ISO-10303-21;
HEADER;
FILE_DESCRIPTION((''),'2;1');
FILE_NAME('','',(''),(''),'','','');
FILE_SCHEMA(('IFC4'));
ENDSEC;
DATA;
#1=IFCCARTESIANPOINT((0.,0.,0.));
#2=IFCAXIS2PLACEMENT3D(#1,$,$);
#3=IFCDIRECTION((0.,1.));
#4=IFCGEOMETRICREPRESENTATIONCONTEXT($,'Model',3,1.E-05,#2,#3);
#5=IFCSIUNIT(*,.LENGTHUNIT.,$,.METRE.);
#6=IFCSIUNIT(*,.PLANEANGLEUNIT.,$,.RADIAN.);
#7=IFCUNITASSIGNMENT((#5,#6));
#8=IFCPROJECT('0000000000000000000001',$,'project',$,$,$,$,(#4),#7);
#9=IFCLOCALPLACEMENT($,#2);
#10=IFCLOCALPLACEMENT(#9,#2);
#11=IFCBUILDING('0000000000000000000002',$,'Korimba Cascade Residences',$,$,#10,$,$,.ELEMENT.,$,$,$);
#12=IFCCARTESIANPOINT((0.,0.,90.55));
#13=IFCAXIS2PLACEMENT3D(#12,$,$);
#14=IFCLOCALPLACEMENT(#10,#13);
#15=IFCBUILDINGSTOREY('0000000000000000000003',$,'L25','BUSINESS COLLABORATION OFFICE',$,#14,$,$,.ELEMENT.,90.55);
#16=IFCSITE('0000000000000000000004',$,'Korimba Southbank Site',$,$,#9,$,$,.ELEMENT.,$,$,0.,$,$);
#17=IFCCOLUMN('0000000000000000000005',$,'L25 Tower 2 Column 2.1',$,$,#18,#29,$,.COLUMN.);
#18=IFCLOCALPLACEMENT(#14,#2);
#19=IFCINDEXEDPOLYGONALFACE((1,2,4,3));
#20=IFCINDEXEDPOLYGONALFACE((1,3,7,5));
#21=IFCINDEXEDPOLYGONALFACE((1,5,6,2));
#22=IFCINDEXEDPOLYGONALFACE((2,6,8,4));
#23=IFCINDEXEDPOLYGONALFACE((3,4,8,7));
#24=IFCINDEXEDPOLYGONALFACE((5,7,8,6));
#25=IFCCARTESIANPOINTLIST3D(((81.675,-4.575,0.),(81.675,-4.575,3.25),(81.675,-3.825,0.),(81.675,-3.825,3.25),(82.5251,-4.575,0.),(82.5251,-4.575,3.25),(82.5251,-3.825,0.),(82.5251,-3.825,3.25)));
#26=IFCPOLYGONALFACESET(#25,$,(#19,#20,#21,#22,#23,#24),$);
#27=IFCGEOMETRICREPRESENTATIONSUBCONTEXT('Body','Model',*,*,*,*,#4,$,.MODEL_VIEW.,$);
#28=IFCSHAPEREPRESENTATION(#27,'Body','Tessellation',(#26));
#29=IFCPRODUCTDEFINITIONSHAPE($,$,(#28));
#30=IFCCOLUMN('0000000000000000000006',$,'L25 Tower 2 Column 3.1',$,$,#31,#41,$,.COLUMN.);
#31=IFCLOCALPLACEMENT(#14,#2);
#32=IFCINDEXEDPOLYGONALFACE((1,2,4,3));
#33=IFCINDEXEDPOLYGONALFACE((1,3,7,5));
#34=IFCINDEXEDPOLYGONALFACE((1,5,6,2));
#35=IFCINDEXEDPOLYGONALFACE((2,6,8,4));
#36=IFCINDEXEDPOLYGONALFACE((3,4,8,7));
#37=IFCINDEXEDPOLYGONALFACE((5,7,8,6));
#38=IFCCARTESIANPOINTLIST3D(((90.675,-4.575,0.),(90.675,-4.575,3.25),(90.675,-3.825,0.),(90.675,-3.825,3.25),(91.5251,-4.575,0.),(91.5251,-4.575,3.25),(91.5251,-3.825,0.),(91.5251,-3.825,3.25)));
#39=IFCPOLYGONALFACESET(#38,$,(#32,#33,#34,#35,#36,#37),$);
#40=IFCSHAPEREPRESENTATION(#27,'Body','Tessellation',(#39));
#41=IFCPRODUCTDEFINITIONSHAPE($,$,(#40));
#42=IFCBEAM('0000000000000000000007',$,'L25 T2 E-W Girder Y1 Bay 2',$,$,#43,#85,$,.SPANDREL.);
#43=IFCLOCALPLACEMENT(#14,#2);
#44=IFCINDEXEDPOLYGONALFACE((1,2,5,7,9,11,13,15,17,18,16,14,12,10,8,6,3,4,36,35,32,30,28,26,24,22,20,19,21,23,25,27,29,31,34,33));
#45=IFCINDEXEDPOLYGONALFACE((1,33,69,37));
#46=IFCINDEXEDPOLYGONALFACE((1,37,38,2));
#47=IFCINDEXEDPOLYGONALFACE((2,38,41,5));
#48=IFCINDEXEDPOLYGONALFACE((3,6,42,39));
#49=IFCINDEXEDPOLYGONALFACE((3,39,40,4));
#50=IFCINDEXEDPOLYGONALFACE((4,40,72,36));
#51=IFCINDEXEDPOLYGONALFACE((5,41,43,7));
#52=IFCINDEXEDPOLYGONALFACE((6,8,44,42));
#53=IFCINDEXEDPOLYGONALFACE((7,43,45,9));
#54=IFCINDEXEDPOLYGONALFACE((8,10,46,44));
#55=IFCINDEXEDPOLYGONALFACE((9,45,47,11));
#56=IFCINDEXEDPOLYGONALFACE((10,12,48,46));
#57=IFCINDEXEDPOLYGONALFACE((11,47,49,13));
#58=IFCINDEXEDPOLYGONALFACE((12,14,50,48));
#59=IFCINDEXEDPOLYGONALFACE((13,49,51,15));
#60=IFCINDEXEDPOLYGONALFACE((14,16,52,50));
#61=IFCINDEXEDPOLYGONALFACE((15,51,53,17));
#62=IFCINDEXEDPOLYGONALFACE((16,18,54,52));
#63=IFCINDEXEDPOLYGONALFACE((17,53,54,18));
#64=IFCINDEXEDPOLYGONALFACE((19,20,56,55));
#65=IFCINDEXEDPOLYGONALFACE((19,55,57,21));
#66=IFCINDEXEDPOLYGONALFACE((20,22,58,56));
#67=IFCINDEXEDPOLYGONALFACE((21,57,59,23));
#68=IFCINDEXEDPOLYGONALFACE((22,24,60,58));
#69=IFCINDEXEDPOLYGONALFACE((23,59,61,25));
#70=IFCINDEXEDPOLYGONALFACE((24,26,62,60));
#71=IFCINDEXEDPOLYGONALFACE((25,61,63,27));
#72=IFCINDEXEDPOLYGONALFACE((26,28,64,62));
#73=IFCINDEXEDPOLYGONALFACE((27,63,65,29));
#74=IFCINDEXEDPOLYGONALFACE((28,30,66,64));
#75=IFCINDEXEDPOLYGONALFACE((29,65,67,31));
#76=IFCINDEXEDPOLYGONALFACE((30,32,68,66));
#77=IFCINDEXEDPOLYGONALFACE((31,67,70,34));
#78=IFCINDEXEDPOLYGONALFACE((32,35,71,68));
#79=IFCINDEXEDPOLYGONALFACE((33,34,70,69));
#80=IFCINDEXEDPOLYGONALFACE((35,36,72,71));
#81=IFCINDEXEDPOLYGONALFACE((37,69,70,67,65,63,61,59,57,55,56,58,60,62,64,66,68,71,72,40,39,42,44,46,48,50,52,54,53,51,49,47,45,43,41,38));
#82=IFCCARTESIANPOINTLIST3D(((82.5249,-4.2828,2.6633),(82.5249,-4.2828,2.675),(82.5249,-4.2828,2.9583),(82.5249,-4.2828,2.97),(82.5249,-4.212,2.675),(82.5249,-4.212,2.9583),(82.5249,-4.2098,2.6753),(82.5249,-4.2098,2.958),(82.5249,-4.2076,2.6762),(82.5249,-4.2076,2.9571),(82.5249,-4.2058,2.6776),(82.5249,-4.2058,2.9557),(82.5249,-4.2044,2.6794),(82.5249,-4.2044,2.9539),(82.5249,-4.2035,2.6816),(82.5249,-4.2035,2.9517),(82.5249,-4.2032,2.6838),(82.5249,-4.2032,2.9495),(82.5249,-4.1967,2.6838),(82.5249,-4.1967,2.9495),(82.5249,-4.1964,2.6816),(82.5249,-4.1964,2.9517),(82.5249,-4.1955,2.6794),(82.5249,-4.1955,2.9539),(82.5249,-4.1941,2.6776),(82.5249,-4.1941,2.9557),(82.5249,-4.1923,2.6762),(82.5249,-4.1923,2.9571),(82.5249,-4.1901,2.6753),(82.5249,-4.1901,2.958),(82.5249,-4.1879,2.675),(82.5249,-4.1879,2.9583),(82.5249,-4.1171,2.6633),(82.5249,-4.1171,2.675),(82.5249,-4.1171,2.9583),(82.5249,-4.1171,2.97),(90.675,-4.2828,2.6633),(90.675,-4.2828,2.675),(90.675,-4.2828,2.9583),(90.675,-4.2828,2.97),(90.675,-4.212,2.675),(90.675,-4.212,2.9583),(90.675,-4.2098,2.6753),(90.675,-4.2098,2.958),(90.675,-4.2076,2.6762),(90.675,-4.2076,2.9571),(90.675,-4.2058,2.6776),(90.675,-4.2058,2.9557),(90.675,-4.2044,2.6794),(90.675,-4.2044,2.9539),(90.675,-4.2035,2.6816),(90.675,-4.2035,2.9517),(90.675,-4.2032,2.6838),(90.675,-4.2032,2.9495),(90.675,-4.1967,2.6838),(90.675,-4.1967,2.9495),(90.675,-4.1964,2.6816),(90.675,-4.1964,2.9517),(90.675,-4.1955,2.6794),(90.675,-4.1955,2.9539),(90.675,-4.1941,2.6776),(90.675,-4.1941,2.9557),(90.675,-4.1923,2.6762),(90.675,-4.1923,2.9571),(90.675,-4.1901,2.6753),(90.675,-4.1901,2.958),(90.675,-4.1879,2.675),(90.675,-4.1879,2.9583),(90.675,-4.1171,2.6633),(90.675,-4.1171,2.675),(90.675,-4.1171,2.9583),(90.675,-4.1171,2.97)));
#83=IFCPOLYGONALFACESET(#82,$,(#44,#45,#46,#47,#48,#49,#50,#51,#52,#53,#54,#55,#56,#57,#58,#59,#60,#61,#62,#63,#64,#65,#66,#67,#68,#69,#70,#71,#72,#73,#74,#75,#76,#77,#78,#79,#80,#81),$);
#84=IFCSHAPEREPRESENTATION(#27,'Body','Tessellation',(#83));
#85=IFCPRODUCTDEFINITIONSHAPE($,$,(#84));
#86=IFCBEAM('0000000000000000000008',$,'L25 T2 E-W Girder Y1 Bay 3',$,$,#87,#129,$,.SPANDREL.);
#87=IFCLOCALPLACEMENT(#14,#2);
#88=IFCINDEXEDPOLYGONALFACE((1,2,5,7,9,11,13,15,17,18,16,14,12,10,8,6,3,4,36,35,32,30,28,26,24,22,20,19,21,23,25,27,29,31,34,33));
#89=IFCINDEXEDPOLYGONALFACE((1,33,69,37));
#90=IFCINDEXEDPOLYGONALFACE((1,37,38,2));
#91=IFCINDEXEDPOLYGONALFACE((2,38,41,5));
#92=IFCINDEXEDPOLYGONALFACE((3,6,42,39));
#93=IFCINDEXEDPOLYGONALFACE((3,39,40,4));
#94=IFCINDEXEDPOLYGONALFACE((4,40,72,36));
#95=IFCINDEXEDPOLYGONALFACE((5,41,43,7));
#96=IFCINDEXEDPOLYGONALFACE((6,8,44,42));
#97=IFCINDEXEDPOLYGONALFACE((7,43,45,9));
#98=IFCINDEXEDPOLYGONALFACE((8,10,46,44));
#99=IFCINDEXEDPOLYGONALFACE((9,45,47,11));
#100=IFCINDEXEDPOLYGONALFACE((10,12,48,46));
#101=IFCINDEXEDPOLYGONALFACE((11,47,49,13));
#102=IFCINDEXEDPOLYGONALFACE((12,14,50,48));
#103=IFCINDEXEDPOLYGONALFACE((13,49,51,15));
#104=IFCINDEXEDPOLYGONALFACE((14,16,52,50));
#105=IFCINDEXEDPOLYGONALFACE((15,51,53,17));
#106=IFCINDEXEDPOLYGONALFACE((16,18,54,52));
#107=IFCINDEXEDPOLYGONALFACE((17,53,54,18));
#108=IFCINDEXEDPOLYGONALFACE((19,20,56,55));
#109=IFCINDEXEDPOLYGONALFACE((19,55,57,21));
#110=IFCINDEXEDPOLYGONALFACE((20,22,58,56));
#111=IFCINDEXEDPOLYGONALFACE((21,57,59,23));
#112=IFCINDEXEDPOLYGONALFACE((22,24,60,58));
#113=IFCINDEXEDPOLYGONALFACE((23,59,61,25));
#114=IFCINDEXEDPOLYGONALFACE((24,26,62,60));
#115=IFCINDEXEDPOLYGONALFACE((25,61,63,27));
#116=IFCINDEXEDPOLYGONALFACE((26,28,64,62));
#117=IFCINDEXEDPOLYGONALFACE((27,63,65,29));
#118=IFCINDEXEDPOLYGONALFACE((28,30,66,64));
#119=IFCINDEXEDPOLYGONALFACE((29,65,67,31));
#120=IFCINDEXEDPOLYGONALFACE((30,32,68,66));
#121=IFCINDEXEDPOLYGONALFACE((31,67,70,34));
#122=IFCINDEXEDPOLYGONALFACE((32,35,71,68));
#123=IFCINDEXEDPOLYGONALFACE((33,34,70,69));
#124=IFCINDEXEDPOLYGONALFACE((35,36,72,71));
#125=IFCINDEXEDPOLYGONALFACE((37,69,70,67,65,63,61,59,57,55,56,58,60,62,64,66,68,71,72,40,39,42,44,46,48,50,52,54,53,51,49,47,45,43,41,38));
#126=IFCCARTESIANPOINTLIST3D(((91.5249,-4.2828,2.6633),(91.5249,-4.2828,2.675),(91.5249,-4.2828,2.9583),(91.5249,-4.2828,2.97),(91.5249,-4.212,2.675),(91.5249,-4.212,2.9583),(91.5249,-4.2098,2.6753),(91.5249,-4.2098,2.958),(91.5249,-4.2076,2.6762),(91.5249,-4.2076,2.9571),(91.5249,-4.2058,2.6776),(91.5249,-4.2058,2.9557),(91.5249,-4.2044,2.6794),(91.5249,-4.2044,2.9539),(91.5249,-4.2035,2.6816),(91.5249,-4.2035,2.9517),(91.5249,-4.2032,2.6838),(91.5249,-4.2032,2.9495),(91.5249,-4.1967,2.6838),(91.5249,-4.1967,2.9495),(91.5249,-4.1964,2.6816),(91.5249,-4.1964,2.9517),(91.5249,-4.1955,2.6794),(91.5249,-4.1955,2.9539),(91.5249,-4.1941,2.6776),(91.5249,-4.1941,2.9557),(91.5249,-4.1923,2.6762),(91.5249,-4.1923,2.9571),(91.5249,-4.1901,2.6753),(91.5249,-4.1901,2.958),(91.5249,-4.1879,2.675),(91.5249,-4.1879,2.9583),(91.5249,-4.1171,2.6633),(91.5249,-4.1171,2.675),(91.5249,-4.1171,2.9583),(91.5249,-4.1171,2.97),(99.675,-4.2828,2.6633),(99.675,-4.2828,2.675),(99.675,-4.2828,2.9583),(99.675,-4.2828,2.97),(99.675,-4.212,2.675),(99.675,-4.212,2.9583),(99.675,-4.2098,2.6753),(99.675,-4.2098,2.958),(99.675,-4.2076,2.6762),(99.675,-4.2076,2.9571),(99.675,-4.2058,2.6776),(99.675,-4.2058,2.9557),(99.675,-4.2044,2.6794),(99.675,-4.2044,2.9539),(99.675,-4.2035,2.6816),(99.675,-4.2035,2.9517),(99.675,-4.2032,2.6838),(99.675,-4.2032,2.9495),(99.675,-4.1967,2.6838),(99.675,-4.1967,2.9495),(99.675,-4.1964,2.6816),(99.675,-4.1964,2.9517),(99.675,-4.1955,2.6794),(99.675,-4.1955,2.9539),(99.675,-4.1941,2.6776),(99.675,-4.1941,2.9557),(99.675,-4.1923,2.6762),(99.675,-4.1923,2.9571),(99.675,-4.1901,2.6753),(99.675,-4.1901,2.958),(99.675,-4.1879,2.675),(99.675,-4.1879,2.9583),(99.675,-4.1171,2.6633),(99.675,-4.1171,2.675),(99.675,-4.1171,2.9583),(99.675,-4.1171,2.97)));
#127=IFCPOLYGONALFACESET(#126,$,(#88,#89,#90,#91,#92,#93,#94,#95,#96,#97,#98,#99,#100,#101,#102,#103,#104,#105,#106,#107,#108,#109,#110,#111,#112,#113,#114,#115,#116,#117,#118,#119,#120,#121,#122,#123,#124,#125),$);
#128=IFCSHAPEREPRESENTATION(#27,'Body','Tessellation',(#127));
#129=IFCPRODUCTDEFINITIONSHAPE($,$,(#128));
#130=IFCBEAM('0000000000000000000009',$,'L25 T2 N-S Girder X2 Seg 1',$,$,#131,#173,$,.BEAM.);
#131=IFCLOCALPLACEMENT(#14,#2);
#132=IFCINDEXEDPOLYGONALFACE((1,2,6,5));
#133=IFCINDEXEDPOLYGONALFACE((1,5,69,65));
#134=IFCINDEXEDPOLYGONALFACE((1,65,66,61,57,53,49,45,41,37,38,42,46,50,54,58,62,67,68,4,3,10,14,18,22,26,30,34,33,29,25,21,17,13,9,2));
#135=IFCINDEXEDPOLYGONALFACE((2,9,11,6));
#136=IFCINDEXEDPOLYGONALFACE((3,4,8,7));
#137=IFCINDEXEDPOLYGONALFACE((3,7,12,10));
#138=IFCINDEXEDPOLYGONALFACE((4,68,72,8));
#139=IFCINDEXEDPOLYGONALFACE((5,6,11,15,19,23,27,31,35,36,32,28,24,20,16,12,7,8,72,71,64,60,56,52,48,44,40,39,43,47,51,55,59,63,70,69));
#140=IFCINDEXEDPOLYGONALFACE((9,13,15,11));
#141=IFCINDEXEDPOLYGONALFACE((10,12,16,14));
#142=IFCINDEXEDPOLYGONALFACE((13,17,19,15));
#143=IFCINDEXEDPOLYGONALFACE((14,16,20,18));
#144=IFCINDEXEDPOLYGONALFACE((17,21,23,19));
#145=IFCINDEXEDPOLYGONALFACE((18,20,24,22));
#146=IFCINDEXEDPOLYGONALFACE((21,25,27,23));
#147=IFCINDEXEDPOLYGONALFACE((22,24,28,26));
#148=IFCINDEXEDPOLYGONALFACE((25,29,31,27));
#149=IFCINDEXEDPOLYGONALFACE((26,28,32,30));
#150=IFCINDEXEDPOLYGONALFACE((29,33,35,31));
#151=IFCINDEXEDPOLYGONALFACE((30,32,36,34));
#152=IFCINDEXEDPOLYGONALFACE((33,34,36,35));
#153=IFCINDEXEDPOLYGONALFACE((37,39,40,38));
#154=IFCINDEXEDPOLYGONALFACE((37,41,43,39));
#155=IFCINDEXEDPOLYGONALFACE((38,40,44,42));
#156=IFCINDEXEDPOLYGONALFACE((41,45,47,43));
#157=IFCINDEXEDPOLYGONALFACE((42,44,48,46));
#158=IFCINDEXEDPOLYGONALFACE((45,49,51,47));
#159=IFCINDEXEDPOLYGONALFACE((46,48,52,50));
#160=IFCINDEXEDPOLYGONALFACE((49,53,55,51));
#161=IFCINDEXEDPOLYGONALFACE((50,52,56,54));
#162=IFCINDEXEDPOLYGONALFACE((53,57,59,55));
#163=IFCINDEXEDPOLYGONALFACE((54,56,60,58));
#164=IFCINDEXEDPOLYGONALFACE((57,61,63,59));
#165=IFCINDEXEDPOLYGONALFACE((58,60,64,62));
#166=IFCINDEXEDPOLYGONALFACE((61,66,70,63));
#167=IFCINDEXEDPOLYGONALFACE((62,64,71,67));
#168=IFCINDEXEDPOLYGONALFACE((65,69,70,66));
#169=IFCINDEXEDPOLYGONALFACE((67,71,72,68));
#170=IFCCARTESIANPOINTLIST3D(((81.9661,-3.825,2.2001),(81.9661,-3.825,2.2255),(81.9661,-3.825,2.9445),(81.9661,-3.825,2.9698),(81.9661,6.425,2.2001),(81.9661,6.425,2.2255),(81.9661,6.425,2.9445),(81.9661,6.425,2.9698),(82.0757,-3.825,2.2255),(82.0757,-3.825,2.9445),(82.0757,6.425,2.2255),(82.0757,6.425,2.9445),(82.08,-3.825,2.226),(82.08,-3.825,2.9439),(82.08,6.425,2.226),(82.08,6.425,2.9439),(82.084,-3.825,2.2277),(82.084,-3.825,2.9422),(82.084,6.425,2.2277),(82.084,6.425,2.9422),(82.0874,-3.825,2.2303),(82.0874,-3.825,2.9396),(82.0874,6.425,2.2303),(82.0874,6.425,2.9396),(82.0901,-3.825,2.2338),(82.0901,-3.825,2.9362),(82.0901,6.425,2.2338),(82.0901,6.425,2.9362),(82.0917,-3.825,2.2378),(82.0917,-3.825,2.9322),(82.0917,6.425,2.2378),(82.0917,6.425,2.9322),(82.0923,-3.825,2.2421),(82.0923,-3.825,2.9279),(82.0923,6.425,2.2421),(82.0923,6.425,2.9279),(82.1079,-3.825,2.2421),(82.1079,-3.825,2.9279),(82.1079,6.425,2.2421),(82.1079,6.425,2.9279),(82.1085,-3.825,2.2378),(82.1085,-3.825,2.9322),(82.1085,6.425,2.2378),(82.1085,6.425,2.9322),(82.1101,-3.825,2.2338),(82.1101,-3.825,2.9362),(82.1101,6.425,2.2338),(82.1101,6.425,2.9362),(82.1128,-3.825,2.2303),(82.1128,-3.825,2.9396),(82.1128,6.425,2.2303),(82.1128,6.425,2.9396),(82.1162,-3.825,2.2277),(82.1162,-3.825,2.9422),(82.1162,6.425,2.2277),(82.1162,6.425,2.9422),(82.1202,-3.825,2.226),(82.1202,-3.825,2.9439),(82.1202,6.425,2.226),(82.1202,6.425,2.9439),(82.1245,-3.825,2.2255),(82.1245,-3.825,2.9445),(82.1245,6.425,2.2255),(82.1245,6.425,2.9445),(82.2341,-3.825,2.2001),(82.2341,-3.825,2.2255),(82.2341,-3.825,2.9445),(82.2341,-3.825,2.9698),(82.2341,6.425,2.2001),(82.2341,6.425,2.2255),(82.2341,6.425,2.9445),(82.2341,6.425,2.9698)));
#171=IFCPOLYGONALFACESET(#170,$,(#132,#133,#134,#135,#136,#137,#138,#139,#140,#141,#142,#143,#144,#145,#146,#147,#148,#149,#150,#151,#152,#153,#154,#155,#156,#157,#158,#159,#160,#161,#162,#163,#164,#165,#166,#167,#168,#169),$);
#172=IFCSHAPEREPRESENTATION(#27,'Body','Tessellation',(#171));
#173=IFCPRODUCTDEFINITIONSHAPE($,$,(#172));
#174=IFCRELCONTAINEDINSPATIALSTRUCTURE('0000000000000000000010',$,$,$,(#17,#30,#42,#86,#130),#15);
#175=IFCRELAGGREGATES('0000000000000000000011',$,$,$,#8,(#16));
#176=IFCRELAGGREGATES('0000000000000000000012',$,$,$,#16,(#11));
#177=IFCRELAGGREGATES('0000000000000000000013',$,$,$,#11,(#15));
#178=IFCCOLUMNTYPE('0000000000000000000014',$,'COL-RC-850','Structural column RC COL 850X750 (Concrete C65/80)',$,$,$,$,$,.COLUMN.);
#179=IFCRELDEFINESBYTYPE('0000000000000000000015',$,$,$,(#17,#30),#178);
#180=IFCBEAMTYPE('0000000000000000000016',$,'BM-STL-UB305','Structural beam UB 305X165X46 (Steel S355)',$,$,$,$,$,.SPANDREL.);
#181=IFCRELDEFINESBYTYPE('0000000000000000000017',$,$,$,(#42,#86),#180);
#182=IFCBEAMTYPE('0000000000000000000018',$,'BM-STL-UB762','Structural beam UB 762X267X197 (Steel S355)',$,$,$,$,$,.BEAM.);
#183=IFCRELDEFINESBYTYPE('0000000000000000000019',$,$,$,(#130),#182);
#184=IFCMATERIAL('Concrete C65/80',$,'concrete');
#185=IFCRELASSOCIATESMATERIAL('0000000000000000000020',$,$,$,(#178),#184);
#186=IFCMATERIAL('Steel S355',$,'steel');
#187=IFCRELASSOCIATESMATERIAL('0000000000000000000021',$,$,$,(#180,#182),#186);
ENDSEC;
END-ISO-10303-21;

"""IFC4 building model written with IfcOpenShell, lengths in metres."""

from ifc_helpers import new_model, si_unit, direction, frame, origin, origin_2d, place, context, subcontext, project, spatial, rectangle, i_section, extrude, material, material_profile, profile_set, type_object, element, save


model = new_model("IFC4")

# Units and contexts
model_context = context("Model", 3, precision=1e-05, world=origin(), true_north=direction((0.0, 1.0)))
body_context = subcontext(model_context, "Body", "Model", "MODEL_VIEW")
ifc_project = project(units=[si_unit("LENGTHUNIT", "METRE"), si_unit("PLANEANGLEUNIT", "RADIAN")], contexts=[model_context])

# Site, building, storey
site_placement = place(None, origin())
site = spatial("IfcSite", under=ifc_project, at=site_placement, Name="Korimba Southbank Site", CompositionType="ELEMENT", RefElevation=0.0)
building_placement = place(site_placement, origin())
building = spatial("IfcBuilding", under=site, at=building_placement, Name="Korimba Cascade Residences", CompositionType="ELEMENT")
storey_placement = place(building_placement, frame((0.0, 0.0, 90.55)))
storey = spatial("IfcBuildingStorey", under=building, at=storey_placement, Name="L25", Description="BUSINESS COLLABORATION OFFICE", CompositionType="ELEMENT", Elevation=90.55)

# Columns
ifc_material_1 = material(Name="Concrete C65/80", Category="concrete")
ifc_material_profile_1 = material_profile(ifc_material_1, rectangle(XDim=0.8501, YDim=0.75, at=origin_2d()), Name="Concrete C65/80")
ifc_profile_set_1 = profile_set([ifc_material_profile_1], Name="Concrete C65/80")
column_type = type_object("IfcColumnType", Name="COL-RC-850", Description="Structural column RC COL 850X750 (Concrete C65/80)", PredefinedType="COLUMN", material=ifc_profile_set_1)
for number, where, z_axis, x_axis, name in (
    (1, (82.1001, -4.2, 0.0), (0.0, 0.0, 1.0), (1.0, 0.0, 0.0), "L25 Tower 2 Column 2.1"),
    (2, (91.1001, -4.2, 0.0), (0.0, 0.0, 1.0), (1.0, 0.0, 0.0), "L25 Tower 2 Column 3.1"),
):
    element("IfcColumn", number, at=place(storey_placement, frame(where, z_axis=z_axis, x_axis=x_axis)), inside=storey, type_object=column_type, Name=name, PredefinedType="COLUMN", context=body_context, shape_type="SweptSolid", body=[
        extrude(rectangle(XDim=0.8501, YDim=0.75, at=origin_2d()), origin(), (0.0, 0.0, 1.0), 3.25),
    ])

# Beams
ifc_material_2 = material(Name="Steel S355", Category="steel")
ifc_material_profile_2 = material_profile(ifc_material_2, i_section(OverallWidth=0.1658, OverallDepth=0.3066, WebThickness=0.0066, FlangeThickness=0.0117, FilletRadius=0.0088, at=origin_2d()), Name="Steel S355")
ifc_profile_set_2 = profile_set([ifc_material_profile_2], Name="Steel S355")
beam_type_1 = type_object("IfcBeamType", Name="BM-STL-UB305", Description="Structural beam UB 305X165X46 (Steel S355)", PredefinedType="SPANDREL", material=ifc_profile_set_2)
for number, where, z_axis, x_axis, name in (
    (3, (82.5249, -4.2, 2.8167), (1.0, 0.0, 0.0), (0.0, 1.0, 0.0), "L25 T2 E-W Girder Y1 Bay 2"),
    (4, (91.5249, -4.2, 2.8167), (1.0, 0.0, 0.0), (0.0, 1.0, 0.0), "L25 T2 E-W Girder Y1 Bay 3"),
):
    element("IfcBeam", number, at=place(storey_placement, frame(where, z_axis=z_axis, x_axis=x_axis)), inside=storey, type_object=beam_type_1, Name=name, PredefinedType="SPANDREL", context=body_context, shape_type="SweptSolid", body=[
        extrude(i_section(OverallWidth=0.1658, OverallDepth=0.3066, WebThickness=0.0066, FlangeThickness=0.0117, FilletRadius=0.0088, at=origin_2d()), origin(), (0.0, 0.0, 1.0), 8.1501),
    ])
ifc_material_profile_3 = material_profile(ifc_material_2, i_section(OverallWidth=0.2681, OverallDepth=0.7698, WebThickness=0.0156, FlangeThickness=0.0254, FilletRadius=0.0166, at=origin_2d()), Name="Steel S355")
ifc_profile_set_3 = profile_set([ifc_material_profile_3], Name="Steel S355")
beam_type_2 = type_object("IfcBeamType", Name="BM-STL-UB762", Description="Structural beam UB 762X267X197 (Steel S355)", PredefinedType="BEAM", material=ifc_profile_set_3)
for number, where, z_axis, x_axis, name in (
    (5, (82.1001, -3.825, 2.585), (0.0, 1.0, 0.0), (-1.0, 0.0, 0.0), "L25 T2 N-S Girder X2 Seg 1"),
):
    element("IfcBeam", number, at=place(storey_placement, frame(where, z_axis=z_axis, x_axis=x_axis)), inside=storey, type_object=beam_type_2, Name=name, PredefinedType="BEAM", context=body_context, shape_type="SweptSolid", body=[
        extrude(i_section(OverallWidth=0.2681, OverallDepth=0.7698, WebThickness=0.0156, FlangeThickness=0.0254, FilletRadius=0.0166, at=origin_2d()), origin(), (0.0, 0.0, 1.0), 10.25),
    ])

save(model, "model.ifc")
